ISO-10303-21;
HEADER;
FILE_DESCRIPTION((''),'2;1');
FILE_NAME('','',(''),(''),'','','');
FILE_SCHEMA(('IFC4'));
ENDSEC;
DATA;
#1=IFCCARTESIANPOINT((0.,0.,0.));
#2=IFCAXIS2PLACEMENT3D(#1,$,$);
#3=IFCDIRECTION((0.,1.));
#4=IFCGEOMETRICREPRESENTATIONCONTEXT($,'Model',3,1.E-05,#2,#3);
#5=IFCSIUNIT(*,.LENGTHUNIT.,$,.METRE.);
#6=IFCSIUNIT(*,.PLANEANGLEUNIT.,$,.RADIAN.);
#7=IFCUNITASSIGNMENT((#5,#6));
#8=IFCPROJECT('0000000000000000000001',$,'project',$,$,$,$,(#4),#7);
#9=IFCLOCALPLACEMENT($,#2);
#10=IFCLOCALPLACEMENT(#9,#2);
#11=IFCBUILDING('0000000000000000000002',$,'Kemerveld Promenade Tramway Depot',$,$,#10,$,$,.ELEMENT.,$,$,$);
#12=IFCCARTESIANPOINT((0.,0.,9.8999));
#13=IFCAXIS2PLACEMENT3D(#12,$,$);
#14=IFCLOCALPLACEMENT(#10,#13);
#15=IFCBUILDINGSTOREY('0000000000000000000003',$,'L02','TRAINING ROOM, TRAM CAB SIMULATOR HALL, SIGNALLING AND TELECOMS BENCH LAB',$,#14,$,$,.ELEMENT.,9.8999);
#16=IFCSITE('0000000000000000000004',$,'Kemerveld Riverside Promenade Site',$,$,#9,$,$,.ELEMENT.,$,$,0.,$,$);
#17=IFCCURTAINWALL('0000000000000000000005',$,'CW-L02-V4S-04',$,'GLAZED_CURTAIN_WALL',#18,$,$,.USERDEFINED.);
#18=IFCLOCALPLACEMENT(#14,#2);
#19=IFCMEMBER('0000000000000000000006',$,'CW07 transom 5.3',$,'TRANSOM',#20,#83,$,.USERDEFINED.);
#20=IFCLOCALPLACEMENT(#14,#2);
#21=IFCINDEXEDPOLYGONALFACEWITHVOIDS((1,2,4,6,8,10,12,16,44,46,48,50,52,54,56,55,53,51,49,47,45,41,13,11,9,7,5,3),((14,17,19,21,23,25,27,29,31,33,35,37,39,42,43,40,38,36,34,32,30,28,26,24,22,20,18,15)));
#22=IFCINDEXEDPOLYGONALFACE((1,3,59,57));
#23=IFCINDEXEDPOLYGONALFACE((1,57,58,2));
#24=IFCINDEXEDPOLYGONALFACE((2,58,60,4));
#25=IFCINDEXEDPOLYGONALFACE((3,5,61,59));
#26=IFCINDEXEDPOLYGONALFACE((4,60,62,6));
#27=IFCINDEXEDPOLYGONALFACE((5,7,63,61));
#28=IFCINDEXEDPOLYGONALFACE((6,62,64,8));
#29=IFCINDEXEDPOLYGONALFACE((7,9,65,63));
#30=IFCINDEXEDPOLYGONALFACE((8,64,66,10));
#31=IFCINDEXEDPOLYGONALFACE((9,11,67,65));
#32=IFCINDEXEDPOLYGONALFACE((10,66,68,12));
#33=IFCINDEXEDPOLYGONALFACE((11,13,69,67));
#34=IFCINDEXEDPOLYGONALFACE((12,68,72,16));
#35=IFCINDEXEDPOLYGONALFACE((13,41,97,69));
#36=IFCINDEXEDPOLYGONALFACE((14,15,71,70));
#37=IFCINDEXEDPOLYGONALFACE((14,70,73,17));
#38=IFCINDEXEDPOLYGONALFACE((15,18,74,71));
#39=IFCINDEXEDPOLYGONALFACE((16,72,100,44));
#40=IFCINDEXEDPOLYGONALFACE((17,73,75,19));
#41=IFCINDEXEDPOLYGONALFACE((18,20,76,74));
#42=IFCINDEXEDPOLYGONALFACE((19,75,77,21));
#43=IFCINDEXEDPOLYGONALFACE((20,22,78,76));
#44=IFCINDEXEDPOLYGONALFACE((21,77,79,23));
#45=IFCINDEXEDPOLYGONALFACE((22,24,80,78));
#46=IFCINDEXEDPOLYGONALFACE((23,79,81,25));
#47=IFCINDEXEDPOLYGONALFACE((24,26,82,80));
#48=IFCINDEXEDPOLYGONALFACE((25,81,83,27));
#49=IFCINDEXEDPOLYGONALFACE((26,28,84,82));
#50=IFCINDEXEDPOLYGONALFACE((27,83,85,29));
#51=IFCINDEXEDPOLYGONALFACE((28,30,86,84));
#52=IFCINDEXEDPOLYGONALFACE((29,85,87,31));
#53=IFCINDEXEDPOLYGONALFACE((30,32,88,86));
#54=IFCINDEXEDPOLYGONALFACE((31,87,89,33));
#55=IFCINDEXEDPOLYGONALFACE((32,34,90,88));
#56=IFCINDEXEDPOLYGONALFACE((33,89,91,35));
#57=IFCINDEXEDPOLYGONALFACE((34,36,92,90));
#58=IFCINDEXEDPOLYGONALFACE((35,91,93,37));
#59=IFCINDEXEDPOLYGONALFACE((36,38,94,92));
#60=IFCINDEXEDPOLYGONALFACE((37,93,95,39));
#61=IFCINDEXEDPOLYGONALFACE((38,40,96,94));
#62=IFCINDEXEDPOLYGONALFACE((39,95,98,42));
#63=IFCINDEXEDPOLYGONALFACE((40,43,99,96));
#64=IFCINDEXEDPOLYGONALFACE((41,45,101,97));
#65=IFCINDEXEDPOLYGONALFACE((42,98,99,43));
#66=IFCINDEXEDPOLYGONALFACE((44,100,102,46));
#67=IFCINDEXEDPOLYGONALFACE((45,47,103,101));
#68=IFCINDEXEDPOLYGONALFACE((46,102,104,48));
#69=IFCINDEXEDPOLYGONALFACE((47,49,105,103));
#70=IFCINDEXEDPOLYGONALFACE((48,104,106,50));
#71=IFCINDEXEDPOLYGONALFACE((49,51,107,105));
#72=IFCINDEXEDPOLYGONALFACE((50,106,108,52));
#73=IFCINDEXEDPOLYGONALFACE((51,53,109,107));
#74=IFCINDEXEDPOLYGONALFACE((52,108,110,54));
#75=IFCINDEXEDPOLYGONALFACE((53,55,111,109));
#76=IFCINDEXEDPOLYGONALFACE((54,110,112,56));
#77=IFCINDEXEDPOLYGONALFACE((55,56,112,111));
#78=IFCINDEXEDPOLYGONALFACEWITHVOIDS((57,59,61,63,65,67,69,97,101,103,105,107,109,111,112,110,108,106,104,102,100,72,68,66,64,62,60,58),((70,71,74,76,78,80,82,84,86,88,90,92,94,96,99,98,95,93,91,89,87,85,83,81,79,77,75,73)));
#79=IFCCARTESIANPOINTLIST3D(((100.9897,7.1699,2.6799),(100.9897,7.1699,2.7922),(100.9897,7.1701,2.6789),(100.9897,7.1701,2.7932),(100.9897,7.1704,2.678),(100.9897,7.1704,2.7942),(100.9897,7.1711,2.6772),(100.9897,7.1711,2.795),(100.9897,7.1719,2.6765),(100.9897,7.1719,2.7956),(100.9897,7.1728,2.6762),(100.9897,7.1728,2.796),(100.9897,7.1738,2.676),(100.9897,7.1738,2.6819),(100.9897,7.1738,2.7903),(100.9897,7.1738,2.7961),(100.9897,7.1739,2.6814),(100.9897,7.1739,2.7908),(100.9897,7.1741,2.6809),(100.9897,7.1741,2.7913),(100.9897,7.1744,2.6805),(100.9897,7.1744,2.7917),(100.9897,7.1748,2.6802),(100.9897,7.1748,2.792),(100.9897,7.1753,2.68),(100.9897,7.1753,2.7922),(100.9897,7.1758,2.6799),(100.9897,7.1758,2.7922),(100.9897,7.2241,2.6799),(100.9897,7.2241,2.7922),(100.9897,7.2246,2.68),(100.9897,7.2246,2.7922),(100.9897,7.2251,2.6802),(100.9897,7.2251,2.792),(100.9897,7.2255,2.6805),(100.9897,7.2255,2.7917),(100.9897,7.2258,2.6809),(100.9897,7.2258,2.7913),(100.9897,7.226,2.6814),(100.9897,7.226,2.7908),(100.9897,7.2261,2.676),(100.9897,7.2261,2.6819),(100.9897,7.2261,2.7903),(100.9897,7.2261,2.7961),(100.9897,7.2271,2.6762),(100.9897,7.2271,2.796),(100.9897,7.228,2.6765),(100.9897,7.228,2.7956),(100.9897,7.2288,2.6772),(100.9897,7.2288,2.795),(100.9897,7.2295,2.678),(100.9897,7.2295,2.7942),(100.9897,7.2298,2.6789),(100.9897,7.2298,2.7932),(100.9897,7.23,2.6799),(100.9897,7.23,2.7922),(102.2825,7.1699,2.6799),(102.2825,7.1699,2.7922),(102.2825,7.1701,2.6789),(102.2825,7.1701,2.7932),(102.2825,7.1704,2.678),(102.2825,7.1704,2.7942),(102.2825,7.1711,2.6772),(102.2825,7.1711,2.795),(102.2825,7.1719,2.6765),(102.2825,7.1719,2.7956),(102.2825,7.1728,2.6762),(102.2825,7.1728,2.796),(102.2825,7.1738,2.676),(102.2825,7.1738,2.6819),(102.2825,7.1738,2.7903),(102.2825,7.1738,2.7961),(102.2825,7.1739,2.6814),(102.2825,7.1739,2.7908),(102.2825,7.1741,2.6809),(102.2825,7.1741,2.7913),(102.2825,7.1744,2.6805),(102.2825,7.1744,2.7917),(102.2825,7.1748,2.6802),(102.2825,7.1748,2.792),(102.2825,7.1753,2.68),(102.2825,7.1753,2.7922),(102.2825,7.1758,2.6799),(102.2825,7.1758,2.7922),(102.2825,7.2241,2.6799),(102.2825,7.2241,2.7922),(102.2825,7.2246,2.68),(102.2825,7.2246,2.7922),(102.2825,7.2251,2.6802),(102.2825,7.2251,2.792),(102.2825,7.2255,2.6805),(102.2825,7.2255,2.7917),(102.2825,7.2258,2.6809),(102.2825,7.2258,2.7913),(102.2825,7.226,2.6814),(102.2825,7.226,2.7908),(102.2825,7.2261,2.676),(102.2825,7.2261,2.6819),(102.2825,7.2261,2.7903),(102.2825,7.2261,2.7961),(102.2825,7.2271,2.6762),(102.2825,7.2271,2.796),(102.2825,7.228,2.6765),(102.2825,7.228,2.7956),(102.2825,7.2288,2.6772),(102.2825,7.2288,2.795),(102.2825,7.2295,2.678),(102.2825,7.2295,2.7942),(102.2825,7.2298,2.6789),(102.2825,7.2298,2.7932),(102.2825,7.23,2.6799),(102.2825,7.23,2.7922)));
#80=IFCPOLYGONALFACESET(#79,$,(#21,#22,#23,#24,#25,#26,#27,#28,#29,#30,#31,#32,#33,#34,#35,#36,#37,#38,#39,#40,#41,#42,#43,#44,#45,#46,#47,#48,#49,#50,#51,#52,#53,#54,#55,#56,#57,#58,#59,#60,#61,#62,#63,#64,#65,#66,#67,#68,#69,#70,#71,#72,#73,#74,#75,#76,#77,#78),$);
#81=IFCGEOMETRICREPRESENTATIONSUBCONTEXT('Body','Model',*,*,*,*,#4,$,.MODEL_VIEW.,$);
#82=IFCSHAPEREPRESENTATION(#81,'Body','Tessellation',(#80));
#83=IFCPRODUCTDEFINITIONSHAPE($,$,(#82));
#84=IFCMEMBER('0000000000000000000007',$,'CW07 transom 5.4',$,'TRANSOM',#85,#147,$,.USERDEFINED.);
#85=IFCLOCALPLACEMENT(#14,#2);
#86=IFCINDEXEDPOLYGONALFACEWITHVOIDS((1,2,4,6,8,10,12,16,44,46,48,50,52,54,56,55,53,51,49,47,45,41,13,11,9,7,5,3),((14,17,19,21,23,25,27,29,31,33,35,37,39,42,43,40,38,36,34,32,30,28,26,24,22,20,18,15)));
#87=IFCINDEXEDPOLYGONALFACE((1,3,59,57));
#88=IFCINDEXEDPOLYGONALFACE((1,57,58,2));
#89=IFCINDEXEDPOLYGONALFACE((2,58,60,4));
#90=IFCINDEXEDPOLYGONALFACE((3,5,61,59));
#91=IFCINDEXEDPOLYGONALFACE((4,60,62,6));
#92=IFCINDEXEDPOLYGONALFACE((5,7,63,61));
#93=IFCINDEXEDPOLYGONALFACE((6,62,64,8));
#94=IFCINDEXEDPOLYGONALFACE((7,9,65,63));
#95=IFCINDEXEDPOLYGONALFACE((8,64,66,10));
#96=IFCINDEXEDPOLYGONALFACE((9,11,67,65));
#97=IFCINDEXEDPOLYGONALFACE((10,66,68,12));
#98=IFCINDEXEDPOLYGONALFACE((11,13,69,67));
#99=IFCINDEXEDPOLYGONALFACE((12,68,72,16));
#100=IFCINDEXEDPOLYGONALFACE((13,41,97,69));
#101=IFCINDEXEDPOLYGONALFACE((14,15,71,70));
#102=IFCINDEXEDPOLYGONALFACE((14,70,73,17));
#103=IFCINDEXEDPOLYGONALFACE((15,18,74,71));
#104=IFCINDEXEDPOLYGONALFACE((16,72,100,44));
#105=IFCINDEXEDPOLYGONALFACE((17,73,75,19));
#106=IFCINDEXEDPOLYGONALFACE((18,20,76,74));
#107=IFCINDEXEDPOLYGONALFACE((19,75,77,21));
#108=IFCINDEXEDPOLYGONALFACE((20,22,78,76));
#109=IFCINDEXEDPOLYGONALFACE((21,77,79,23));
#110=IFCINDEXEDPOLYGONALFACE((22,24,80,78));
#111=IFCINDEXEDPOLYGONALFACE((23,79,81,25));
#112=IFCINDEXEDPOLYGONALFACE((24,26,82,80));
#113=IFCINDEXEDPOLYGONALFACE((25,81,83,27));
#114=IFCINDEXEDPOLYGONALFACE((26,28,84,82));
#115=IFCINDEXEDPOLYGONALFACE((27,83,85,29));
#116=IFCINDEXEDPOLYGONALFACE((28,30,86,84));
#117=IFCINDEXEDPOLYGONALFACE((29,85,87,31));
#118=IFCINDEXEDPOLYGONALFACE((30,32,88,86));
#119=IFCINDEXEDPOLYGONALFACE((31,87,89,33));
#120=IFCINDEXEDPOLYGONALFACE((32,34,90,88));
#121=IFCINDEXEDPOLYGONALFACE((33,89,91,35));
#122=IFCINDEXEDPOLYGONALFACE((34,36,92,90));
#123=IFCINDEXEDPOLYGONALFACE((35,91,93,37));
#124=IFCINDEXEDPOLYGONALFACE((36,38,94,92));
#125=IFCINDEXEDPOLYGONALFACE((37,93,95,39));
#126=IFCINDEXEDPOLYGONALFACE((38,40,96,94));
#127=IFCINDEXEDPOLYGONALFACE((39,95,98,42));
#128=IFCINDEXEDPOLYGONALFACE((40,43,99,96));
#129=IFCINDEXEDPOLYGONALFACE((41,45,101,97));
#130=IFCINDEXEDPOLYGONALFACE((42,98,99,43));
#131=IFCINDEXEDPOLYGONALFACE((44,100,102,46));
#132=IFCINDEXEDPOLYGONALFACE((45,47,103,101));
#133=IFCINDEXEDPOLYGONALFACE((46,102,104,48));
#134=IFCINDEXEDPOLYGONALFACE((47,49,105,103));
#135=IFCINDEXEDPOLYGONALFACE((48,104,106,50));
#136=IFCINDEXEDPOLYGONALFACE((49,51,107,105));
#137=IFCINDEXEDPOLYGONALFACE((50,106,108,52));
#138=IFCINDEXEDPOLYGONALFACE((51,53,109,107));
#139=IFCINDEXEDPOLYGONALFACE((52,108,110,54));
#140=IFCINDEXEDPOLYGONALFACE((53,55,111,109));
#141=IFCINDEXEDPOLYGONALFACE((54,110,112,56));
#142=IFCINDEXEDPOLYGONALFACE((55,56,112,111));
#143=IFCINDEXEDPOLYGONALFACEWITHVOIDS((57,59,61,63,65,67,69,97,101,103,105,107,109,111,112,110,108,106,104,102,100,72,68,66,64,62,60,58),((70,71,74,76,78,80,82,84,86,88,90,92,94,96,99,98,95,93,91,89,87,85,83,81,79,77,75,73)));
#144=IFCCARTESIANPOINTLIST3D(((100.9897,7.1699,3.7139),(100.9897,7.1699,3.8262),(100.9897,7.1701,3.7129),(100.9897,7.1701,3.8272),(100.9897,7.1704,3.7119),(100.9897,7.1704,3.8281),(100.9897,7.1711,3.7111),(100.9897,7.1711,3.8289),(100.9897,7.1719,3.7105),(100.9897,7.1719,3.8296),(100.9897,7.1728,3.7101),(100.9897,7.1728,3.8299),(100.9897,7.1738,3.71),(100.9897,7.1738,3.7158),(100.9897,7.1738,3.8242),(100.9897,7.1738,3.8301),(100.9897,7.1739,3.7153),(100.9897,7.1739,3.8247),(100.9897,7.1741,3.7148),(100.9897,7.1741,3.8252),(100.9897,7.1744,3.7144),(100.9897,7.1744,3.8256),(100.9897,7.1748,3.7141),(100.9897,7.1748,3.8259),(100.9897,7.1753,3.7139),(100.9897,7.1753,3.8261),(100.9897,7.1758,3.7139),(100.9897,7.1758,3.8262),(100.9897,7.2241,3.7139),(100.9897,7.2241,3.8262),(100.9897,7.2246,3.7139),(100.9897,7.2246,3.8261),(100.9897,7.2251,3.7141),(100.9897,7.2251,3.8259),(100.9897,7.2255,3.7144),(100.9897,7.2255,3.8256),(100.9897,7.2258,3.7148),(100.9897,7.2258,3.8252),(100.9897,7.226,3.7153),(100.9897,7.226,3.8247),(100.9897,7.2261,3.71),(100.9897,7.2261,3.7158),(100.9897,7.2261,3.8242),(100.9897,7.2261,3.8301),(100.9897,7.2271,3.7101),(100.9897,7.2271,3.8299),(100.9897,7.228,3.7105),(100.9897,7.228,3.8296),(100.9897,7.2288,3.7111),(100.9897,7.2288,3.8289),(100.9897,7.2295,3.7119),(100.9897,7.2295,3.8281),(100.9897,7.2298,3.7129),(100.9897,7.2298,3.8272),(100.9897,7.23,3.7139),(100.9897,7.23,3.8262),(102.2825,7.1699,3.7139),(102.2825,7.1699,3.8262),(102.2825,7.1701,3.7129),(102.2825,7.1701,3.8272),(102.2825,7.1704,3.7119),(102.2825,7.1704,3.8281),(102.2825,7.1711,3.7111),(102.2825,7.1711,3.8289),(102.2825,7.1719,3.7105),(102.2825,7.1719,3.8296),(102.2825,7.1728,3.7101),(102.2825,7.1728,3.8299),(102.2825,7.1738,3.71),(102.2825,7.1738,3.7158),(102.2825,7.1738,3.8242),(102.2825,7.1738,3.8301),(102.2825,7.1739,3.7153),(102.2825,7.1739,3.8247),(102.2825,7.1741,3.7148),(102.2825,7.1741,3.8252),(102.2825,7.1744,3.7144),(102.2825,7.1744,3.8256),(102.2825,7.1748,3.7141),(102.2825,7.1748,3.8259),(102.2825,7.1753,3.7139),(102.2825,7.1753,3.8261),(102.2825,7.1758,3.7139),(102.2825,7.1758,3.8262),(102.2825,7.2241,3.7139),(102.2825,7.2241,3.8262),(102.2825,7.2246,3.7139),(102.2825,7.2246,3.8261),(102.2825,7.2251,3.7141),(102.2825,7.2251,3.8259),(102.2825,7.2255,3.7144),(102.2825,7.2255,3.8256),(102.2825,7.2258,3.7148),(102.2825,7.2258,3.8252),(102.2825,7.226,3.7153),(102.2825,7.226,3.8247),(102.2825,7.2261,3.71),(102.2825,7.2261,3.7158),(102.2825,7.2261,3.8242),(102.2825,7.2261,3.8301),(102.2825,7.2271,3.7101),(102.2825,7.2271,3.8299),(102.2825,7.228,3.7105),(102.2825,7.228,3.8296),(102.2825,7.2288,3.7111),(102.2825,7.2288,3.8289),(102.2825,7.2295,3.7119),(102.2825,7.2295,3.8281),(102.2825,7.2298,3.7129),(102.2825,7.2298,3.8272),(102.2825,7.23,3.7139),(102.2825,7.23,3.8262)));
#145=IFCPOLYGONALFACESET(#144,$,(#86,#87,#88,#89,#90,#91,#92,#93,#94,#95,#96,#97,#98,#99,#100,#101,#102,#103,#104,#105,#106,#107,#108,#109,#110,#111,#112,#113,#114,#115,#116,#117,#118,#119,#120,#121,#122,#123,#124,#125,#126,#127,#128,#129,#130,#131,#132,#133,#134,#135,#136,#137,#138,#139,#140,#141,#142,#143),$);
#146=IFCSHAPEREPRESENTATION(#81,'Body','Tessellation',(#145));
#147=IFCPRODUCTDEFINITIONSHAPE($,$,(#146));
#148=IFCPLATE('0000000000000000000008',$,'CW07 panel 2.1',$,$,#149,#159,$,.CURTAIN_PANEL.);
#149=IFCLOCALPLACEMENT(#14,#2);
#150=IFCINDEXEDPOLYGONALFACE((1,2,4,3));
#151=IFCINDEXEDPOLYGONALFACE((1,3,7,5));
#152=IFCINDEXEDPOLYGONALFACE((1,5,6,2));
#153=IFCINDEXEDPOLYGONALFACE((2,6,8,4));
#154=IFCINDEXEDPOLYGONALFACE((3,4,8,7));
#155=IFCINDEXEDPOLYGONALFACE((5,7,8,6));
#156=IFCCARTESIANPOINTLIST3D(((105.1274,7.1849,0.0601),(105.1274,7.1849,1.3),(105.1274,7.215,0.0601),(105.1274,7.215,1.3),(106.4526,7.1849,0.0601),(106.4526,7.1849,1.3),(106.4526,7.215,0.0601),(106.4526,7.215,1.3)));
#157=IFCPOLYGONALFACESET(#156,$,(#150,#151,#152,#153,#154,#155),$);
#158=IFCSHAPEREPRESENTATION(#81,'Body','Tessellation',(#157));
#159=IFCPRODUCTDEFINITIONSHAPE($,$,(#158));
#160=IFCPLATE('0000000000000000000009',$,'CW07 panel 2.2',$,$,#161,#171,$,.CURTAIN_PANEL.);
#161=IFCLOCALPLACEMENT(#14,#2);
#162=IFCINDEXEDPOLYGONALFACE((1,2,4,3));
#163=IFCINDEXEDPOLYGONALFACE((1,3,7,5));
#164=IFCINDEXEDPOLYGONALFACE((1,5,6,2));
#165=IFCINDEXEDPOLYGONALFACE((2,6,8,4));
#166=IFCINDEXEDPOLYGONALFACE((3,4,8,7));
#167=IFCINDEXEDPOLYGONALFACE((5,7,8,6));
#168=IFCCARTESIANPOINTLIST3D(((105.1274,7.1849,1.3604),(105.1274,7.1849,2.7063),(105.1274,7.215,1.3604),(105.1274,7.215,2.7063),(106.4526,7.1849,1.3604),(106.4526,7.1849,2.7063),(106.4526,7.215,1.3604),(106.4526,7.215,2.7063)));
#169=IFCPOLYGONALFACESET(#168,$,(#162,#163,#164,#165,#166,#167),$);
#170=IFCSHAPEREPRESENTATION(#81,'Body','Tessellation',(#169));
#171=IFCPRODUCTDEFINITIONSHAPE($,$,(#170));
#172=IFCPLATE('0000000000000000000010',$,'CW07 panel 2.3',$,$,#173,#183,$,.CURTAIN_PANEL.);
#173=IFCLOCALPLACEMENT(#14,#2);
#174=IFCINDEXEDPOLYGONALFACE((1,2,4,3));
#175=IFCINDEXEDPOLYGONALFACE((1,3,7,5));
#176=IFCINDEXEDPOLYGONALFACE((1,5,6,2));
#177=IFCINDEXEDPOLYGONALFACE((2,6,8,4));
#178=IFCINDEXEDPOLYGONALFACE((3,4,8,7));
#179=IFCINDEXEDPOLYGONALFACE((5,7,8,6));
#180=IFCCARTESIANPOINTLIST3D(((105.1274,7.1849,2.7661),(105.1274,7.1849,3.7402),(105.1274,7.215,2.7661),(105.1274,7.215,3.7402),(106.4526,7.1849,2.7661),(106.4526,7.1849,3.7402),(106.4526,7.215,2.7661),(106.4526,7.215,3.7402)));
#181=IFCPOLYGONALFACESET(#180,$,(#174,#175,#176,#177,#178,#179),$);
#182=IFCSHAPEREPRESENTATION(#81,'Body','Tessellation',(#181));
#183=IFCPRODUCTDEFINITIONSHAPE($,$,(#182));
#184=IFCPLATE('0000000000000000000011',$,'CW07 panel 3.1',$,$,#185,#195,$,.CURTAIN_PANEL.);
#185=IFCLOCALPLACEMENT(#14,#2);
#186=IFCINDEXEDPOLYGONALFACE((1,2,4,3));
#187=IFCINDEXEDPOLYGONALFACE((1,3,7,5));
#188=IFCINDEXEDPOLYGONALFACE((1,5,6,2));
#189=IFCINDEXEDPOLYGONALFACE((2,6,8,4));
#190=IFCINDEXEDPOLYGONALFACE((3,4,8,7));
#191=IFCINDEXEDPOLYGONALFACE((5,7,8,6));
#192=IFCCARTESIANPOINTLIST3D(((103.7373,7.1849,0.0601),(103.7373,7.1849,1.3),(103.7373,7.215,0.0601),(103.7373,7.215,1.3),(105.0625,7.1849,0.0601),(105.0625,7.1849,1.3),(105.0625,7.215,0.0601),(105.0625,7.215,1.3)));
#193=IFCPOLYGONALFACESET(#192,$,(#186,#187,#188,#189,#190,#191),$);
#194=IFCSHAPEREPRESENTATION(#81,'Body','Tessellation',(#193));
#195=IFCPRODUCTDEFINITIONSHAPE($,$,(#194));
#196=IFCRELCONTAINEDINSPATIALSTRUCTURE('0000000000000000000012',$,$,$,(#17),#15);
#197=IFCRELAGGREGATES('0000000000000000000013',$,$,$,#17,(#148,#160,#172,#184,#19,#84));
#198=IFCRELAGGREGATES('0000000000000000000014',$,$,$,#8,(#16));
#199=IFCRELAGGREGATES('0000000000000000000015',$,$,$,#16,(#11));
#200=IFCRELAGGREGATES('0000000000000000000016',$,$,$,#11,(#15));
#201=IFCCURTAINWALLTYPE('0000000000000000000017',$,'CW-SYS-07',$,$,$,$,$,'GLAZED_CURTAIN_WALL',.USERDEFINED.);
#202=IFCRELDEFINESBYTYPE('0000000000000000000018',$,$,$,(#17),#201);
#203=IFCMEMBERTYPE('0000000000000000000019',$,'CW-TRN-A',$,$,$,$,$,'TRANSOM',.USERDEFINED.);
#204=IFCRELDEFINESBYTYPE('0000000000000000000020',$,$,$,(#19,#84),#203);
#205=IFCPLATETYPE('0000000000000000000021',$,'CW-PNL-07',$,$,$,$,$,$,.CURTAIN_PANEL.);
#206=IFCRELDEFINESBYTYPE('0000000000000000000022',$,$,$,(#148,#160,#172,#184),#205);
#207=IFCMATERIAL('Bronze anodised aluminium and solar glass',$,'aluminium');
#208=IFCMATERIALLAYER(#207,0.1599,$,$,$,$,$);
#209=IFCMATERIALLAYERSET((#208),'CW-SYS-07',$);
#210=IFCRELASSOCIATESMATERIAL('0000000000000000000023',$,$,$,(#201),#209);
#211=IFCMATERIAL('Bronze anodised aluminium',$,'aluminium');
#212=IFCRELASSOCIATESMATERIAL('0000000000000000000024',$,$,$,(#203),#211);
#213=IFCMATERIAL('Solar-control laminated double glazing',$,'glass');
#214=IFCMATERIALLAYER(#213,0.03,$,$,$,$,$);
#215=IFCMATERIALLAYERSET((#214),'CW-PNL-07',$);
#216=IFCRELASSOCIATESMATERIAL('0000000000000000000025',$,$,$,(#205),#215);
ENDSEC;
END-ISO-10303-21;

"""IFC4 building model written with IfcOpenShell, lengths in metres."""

from ifc_helpers import new_model, si_unit, direction, frame, origin, origin_2d, place, context, subcontext, project, spatial, rectangle, hollow_rectangle, extrude, material, layer, layer_set, material_profile, profile_set, type_object, element, aggregate, save


model = new_model("IFC4")

# Units and contexts
model_context = context("Model", 3, precision=1e-05, world=origin(), true_north=direction((0.0, 1.0)))
body_context = subcontext(model_context, "Body", "Model", "MODEL_VIEW")
ifc_project = project(units=[si_unit("LENGTHUNIT", "METRE"), si_unit("PLANEANGLEUNIT", "RADIAN")], contexts=[model_context])

# Site, building, storey
site_placement = place(None, origin())
site = spatial("IfcSite", under=ifc_project, at=site_placement, Name="Kemerveld Riverside Promenade Site", CompositionType="ELEMENT", RefElevation=0.0)
building_placement = place(site_placement, origin())
building = spatial("IfcBuilding", under=site, at=building_placement, Name="Kemerveld Promenade Tramway Depot", CompositionType="ELEMENT")
storey_placement = place(building_placement, frame((0.0, 0.0, 9.8999)))
storey = spatial("IfcBuildingStorey", under=building, at=storey_placement, Name="L02", Description="TRAINING ROOM, TRAM CAB SIMULATOR HALL, SIGNALLING AND TELECOMS BENCH LAB", CompositionType="ELEMENT", Elevation=9.8999)

# Curtain wall, members, plates
ifc_material_1 = material(Name="Bronze anodised aluminium and solar glass", Category="aluminium")
ifc_layer_1 = layer(ifc_material_1, 0.1599)
ifc_layer_set_1 = layer_set([ifc_layer_1], Name="CW-SYS-07")
curtain_wall_type = type_object("IfcCurtainWallType", Name="CW-SYS-07", ElementType="GLAZED_CURTAIN_WALL", PredefinedType="USERDEFINED", material=ifc_layer_set_1)
curtain_wall_placement = place(storey_placement, origin())
curtain_wall = element("IfcCurtainWall", 1, at=curtain_wall_placement, inside=storey, type_object=curtain_wall_type, Name="CW-L02-V4S-04", ObjectType="GLAZED_CURTAIN_WALL", PredefinedType="USERDEFINED")
ifc_material_2 = material(Name="Bronze anodised aluminium", Category="aluminium")
ifc_material_profile_1 = material_profile(ifc_material_2, hollow_rectangle(XDim=0.0601, YDim=0.1201, WallThickness=0.0039, InnerFilletRadius=0.002, OuterFilletRadius=0.0039, at=origin_2d()), Name="CW-TRN-120x60")
ifc_profile_set_1 = profile_set([ifc_material_profile_1], Name="Bronze anodised aluminium")
member_type_1 = type_object("IfcMemberType", Name="CW-TRN-A", ElementType="TRANSOM", PredefinedType="USERDEFINED", material=ifc_profile_set_1)
member_1_placement = place(storey_placement, frame((102.2825, 7.2, 2.7361), z_axis=(-1.0, 0.0, 0.0), x_axis=(0.0, -1.0, 0.0)))
member_1 = element("IfcMember", 2, at=member_1_placement, type_object=member_type_1, Name="CW07 transom 5.3", ObjectType="TRANSOM", PredefinedType="USERDEFINED", context=body_context, shape_type="SweptSolid", body=[
    extrude(hollow_rectangle(XDim=0.0601, YDim=0.1201, WallThickness=0.0039, InnerFilletRadius=0.002, OuterFilletRadius=0.0039, at=origin_2d()), origin(), (0.0, 0.0, 1.0), 1.2927),
])
member_2_placement = place(storey_placement, frame((102.2825, 7.2, 3.77), z_axis=(-1.0, 0.0, 0.0), x_axis=(0.0, -1.0, 0.0)))
member_2 = element("IfcMember", 3, at=member_2_placement, type_object=member_type_1, Name="CW07 transom 5.4", ObjectType="TRANSOM", PredefinedType="USERDEFINED", context=body_context, shape_type="SweptSolid", body=[
    extrude(hollow_rectangle(XDim=0.0601, YDim=0.1201, WallThickness=0.0039, InnerFilletRadius=0.002, OuterFilletRadius=0.0039, at=origin_2d()), origin(), (0.0, 0.0, 1.0), 1.2927),
])
ifc_material_3 = material(Name="Solar-control laminated double glazing", Category="glass")
ifc_layer_2 = layer(ifc_material_3, 0.03)
ifc_layer_set_2 = layer_set([ifc_layer_2], Name="CW-PNL-07")
plate_type = type_object("IfcPlateType", Name="CW-PNL-07", PredefinedType="CURTAIN_PANEL", material=ifc_layer_set_2)
plate_1_placement = place(storey_placement, frame((105.79, 7.2, 0.0601), z_axis=(0.0, 0.0, 1.0), x_axis=(-1.0, 0.0, 0.0)))
plate_1 = element("IfcPlate", 4, at=plate_1_placement, type_object=plate_type, Name="CW07 panel 2.1", PredefinedType="CURTAIN_PANEL", context=body_context, shape_type="SweptSolid", body=[
    extrude(rectangle(XDim=1.3252, YDim=0.03, at=origin_2d()), origin(), (0.0, 0.0, 1.0), 1.24),
])
plate_2_placement = place(storey_placement, frame((105.79, 7.2, 1.3604), z_axis=(0.0, 0.0, 1.0), x_axis=(-1.0, 0.0, 0.0)))
plate_2 = element("IfcPlate", 5, at=plate_2_placement, type_object=plate_type, Name="CW07 panel 2.2", PredefinedType="CURTAIN_PANEL", context=body_context, shape_type="SweptSolid", body=[
    extrude(rectangle(XDim=1.3252, YDim=0.03, at=origin_2d()), origin(), (0.0, 0.0, 1.0), 1.3459),
])
plate_3_placement = place(storey_placement, frame((105.79, 7.2, 2.7661), z_axis=(0.0, 0.0, 1.0), x_axis=(-1.0, 0.0, 0.0)))
plate_3 = element("IfcPlate", 6, at=plate_3_placement, type_object=plate_type, Name="CW07 panel 2.3", PredefinedType="CURTAIN_PANEL", context=body_context, shape_type="SweptSolid", body=[
    extrude(rectangle(XDim=1.3252, YDim=0.03, at=origin_2d()), origin(), (0.0, 0.0, 1.0), 0.9741),
])
plate_4_placement = place(storey_placement, frame((104.3999, 7.2, 0.0601), z_axis=(0.0, 0.0, 1.0), x_axis=(-1.0, 0.0, 0.0)))
plate_4 = element("IfcPlate", 7, at=plate_4_placement, type_object=plate_type, Name="CW07 panel 3.1", PredefinedType="CURTAIN_PANEL", context=body_context, shape_type="SweptSolid", body=[
    extrude(rectangle(XDim=1.3252, YDim=0.03, at=origin_2d()), origin(), (0.0, 0.0, 1.0), 1.24),
])
aggregate(curtain_wall, [plate_1, plate_2, plate_3, plate_4, member_1, member_2])

save(model, "model.ifc")
